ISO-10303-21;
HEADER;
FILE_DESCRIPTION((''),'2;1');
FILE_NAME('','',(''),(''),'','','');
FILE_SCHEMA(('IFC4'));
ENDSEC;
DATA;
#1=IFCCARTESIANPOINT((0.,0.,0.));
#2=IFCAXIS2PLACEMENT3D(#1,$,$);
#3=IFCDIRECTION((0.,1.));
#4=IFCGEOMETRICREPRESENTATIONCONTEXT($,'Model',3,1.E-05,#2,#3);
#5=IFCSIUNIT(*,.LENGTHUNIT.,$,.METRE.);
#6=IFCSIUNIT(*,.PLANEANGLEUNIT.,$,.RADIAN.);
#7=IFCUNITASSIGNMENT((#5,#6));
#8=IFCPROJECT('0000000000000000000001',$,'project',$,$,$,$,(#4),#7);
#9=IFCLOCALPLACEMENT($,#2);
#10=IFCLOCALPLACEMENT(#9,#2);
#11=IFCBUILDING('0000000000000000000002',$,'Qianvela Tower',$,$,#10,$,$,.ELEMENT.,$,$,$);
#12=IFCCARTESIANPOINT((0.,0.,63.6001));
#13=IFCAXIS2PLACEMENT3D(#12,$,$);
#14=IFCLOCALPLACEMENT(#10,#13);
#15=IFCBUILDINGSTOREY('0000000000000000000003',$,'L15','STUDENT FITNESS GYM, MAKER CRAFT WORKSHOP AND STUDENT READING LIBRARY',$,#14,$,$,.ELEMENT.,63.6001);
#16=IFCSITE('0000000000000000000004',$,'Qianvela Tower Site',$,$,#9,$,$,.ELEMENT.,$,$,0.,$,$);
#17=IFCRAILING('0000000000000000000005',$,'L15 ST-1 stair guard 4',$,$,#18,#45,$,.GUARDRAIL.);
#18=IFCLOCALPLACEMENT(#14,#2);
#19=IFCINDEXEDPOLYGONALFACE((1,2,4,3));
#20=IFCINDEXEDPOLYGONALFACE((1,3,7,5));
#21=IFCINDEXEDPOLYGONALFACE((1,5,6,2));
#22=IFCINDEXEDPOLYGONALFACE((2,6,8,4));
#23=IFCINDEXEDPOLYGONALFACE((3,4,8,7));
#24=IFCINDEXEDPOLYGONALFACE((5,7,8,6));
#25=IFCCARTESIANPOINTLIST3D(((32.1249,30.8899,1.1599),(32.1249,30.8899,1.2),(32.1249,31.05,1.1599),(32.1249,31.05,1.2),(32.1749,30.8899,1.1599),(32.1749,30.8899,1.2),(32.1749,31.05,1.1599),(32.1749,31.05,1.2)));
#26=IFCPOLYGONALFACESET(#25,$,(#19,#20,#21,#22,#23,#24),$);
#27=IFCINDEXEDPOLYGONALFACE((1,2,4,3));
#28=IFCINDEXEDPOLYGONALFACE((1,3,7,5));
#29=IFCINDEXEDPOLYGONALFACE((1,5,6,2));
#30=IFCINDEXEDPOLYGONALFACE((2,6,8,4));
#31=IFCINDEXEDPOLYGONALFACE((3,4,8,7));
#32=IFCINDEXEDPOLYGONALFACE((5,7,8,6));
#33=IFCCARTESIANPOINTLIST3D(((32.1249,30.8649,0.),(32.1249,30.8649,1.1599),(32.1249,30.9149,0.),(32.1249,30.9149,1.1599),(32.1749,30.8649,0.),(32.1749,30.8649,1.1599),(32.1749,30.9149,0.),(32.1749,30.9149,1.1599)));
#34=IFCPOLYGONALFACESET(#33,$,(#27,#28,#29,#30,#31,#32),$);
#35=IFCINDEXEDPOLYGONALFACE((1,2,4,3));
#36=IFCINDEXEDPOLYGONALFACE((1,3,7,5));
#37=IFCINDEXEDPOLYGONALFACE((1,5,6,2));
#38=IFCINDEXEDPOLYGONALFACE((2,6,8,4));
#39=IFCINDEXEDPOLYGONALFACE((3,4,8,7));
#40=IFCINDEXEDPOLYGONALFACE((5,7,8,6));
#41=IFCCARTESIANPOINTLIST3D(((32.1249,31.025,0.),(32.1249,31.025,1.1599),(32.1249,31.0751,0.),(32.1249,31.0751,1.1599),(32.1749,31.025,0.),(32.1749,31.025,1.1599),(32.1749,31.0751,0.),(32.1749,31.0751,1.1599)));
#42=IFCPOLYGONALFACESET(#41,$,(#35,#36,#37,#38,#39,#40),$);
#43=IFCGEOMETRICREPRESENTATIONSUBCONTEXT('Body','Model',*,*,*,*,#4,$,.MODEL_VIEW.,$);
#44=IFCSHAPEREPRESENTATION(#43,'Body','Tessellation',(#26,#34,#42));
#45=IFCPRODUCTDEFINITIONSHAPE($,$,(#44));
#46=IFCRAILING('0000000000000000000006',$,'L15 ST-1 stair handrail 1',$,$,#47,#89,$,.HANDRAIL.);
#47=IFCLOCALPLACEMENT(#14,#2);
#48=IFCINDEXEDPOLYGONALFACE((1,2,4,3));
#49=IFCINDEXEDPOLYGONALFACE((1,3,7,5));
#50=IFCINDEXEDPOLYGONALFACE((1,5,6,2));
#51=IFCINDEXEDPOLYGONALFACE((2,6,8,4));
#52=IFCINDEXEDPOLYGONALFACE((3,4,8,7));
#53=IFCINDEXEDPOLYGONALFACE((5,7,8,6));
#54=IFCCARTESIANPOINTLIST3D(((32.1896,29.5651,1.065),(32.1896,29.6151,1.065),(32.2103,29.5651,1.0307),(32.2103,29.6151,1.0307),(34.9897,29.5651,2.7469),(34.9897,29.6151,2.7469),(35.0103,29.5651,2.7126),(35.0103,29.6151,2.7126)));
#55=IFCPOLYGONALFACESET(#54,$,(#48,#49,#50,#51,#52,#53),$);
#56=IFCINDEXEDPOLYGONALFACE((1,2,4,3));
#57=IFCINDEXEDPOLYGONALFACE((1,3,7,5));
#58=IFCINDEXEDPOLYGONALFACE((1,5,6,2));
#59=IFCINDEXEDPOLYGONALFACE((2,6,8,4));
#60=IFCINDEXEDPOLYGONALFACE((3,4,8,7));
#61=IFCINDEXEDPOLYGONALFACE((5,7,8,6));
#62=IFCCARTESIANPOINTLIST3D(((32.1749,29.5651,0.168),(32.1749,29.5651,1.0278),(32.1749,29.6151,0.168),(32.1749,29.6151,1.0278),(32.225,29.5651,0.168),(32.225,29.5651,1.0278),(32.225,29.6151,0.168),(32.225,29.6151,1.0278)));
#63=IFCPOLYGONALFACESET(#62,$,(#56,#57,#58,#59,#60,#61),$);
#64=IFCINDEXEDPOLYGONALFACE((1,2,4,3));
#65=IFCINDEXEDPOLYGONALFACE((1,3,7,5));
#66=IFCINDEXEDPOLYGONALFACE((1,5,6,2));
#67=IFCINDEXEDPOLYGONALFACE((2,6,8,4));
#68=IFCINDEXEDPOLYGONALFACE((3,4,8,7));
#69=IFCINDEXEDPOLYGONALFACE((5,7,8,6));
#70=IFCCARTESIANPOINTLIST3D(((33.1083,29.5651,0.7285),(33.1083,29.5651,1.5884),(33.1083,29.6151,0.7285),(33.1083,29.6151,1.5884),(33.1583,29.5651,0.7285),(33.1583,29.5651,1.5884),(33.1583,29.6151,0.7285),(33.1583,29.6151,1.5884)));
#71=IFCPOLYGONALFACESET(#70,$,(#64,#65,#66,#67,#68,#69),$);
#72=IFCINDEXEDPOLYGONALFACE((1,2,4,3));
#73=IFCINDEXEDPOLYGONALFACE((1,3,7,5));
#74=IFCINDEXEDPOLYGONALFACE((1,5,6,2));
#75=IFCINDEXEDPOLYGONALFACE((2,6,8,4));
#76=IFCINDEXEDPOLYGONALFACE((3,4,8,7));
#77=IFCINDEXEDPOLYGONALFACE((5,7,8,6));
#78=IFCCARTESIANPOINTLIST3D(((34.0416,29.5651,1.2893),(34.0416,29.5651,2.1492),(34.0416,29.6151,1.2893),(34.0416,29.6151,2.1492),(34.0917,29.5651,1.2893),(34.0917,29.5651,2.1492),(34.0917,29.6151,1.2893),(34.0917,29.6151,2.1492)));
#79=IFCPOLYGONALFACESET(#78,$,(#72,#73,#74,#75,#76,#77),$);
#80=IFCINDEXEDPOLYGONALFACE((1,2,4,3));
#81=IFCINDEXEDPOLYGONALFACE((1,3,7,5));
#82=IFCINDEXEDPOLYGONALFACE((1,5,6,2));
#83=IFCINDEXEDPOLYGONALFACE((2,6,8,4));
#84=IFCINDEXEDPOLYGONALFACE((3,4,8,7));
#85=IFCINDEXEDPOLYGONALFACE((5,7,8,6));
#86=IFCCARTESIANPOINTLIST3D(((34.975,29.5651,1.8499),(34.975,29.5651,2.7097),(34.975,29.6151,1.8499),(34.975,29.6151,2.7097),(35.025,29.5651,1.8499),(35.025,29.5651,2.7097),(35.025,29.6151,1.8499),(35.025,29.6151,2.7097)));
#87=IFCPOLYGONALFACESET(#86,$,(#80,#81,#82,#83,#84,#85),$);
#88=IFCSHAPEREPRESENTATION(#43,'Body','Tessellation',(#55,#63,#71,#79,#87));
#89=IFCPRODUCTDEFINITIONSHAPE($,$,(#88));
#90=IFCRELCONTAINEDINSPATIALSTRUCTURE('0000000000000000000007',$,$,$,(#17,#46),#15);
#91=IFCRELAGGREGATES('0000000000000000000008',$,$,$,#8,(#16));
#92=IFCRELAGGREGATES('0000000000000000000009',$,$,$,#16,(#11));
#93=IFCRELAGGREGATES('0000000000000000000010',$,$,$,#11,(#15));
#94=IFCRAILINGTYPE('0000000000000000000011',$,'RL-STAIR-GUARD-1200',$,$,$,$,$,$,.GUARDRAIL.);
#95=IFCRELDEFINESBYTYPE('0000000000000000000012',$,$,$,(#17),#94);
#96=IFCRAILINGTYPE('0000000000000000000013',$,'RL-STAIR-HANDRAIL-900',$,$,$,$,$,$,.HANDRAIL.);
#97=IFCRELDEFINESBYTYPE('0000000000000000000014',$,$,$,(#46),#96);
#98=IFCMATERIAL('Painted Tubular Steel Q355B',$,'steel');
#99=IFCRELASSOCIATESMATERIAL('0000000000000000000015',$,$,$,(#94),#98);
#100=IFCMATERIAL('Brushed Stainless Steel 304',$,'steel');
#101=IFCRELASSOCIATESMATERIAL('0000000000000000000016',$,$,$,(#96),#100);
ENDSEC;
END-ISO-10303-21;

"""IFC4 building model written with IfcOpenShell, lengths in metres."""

from ifc_helpers import new_model, si_unit, direction, frame, origin, origin_2d, place, context, subcontext, project, spatial, rectangle, extrude, material, type_object, element, save


model = new_model("IFC4")

# Units and contexts
model_context = context("Model", 3, precision=1e-05, world=origin(), true_north=direction((0.0, 1.0)))
body_context = subcontext(model_context, "Body", "Model", "MODEL_VIEW")
ifc_project = project(units=[si_unit("LENGTHUNIT", "METRE"), si_unit("PLANEANGLEUNIT", "RADIAN")], contexts=[model_context])

# Site, building, storey
site_placement = place(None, origin())
site = spatial("IfcSite", under=ifc_project, at=site_placement, Name="Qianvela Tower Site", CompositionType="ELEMENT", RefElevation=0.0)
building_placement = place(site_placement, origin())
building = spatial("IfcBuilding", under=site, at=building_placement, Name="Qianvela Tower", CompositionType="ELEMENT")
storey_placement = place(building_placement, frame((0.0, 0.0, 63.6001)))
storey = spatial("IfcBuildingStorey", under=building, at=storey_placement, Name="L15", Description="STUDENT FITNESS GYM, MAKER CRAFT WORKSHOP AND STUDENT READING LIBRARY", CompositionType="ELEMENT", Elevation=63.6001)

# Railings
ifc_material_1 = material(Name="Painted Tubular Steel Q355B", Category="steel")
railing_type_1 = type_object("IfcRailingType", Name="RL-STAIR-GUARD-1200", PredefinedType="GUARDRAIL", material=ifc_material_1)
railing_1_placement = place(storey_placement, frame((32.1499, 30.8899, 0.0)))
element("IfcRailing", 1, at=railing_1_placement, inside=storey, type_object=railing_type_1, Name="L15 ST-1 stair guard 4", PredefinedType="GUARDRAIL", context=body_context, shape_type="SweptSolid", body=[
    extrude(rectangle(XDim=0.05, YDim=0.04, at=origin_2d()), frame((0.0, 0.0, 1.1799), z_axis=(0.0, 1.0, 0.0), x_axis=(-1.0, 0.0, 0.0)), (0.0, 0.0, 1.0), 0.1602),
    extrude(rectangle(XDim=0.05, YDim=0.05, at=origin_2d()), origin(), (0.0, 0.0, 1.0), 1.1599),
    extrude(rectangle(XDim=0.05, YDim=0.05, at=origin_2d()), frame((0.0, 0.1602, 0.0)), (0.0, 0.0, 1.0), 1.1599),
])
ifc_material_2 = material(Name="Brushed Stainless Steel 304", Category="steel")
railing_type_2 = type_object("IfcRailingType", Name="RL-STAIR-HANDRAIL-900", PredefinedType="HANDRAIL", material=ifc_material_2)
railing_2_placement = place(storey_placement, frame((32.2, 29.5901, 0.168)))
element("IfcRailing", 2, at=railing_2_placement, inside=storey, type_object=railing_type_2, Name="L15 ST-1 stair handrail 1", PredefinedType="HANDRAIL", context=body_context, shape_type="SweptSolid", body=[
    extrude(rectangle(XDim=0.05, YDim=0.04, at=origin_2d()), frame((0.0, 0.0, 0.8799), z_axis=(0.857242, 0.0, 0.514913), x_axis=(0.0, 1.0, 0.0)), (0.0, 0.0, 1.0), 3.2664),
    extrude(rectangle(XDim=0.05, YDim=0.05, at=origin_2d()), origin(), (0.0, 0.0, 1.0), 0.8599),
    extrude(rectangle(XDim=0.05, YDim=0.05, at=origin_2d()), frame((0.9333, 0.0, 0.5605)), (0.0, 0.0, 1.0), 0.8599),
    extrude(rectangle(XDim=0.05, YDim=0.05, at=origin_2d()), frame((1.8667, 0.0, 1.1213)), (0.0, 0.0, 1.0), 0.8599),
    extrude(rectangle(XDim=0.05, YDim=0.05, at=origin_2d()), frame((2.8, 0.0, 1.6819)), (0.0, 0.0, 1.0), 0.8599),
])

save(model, "model.ifc")
